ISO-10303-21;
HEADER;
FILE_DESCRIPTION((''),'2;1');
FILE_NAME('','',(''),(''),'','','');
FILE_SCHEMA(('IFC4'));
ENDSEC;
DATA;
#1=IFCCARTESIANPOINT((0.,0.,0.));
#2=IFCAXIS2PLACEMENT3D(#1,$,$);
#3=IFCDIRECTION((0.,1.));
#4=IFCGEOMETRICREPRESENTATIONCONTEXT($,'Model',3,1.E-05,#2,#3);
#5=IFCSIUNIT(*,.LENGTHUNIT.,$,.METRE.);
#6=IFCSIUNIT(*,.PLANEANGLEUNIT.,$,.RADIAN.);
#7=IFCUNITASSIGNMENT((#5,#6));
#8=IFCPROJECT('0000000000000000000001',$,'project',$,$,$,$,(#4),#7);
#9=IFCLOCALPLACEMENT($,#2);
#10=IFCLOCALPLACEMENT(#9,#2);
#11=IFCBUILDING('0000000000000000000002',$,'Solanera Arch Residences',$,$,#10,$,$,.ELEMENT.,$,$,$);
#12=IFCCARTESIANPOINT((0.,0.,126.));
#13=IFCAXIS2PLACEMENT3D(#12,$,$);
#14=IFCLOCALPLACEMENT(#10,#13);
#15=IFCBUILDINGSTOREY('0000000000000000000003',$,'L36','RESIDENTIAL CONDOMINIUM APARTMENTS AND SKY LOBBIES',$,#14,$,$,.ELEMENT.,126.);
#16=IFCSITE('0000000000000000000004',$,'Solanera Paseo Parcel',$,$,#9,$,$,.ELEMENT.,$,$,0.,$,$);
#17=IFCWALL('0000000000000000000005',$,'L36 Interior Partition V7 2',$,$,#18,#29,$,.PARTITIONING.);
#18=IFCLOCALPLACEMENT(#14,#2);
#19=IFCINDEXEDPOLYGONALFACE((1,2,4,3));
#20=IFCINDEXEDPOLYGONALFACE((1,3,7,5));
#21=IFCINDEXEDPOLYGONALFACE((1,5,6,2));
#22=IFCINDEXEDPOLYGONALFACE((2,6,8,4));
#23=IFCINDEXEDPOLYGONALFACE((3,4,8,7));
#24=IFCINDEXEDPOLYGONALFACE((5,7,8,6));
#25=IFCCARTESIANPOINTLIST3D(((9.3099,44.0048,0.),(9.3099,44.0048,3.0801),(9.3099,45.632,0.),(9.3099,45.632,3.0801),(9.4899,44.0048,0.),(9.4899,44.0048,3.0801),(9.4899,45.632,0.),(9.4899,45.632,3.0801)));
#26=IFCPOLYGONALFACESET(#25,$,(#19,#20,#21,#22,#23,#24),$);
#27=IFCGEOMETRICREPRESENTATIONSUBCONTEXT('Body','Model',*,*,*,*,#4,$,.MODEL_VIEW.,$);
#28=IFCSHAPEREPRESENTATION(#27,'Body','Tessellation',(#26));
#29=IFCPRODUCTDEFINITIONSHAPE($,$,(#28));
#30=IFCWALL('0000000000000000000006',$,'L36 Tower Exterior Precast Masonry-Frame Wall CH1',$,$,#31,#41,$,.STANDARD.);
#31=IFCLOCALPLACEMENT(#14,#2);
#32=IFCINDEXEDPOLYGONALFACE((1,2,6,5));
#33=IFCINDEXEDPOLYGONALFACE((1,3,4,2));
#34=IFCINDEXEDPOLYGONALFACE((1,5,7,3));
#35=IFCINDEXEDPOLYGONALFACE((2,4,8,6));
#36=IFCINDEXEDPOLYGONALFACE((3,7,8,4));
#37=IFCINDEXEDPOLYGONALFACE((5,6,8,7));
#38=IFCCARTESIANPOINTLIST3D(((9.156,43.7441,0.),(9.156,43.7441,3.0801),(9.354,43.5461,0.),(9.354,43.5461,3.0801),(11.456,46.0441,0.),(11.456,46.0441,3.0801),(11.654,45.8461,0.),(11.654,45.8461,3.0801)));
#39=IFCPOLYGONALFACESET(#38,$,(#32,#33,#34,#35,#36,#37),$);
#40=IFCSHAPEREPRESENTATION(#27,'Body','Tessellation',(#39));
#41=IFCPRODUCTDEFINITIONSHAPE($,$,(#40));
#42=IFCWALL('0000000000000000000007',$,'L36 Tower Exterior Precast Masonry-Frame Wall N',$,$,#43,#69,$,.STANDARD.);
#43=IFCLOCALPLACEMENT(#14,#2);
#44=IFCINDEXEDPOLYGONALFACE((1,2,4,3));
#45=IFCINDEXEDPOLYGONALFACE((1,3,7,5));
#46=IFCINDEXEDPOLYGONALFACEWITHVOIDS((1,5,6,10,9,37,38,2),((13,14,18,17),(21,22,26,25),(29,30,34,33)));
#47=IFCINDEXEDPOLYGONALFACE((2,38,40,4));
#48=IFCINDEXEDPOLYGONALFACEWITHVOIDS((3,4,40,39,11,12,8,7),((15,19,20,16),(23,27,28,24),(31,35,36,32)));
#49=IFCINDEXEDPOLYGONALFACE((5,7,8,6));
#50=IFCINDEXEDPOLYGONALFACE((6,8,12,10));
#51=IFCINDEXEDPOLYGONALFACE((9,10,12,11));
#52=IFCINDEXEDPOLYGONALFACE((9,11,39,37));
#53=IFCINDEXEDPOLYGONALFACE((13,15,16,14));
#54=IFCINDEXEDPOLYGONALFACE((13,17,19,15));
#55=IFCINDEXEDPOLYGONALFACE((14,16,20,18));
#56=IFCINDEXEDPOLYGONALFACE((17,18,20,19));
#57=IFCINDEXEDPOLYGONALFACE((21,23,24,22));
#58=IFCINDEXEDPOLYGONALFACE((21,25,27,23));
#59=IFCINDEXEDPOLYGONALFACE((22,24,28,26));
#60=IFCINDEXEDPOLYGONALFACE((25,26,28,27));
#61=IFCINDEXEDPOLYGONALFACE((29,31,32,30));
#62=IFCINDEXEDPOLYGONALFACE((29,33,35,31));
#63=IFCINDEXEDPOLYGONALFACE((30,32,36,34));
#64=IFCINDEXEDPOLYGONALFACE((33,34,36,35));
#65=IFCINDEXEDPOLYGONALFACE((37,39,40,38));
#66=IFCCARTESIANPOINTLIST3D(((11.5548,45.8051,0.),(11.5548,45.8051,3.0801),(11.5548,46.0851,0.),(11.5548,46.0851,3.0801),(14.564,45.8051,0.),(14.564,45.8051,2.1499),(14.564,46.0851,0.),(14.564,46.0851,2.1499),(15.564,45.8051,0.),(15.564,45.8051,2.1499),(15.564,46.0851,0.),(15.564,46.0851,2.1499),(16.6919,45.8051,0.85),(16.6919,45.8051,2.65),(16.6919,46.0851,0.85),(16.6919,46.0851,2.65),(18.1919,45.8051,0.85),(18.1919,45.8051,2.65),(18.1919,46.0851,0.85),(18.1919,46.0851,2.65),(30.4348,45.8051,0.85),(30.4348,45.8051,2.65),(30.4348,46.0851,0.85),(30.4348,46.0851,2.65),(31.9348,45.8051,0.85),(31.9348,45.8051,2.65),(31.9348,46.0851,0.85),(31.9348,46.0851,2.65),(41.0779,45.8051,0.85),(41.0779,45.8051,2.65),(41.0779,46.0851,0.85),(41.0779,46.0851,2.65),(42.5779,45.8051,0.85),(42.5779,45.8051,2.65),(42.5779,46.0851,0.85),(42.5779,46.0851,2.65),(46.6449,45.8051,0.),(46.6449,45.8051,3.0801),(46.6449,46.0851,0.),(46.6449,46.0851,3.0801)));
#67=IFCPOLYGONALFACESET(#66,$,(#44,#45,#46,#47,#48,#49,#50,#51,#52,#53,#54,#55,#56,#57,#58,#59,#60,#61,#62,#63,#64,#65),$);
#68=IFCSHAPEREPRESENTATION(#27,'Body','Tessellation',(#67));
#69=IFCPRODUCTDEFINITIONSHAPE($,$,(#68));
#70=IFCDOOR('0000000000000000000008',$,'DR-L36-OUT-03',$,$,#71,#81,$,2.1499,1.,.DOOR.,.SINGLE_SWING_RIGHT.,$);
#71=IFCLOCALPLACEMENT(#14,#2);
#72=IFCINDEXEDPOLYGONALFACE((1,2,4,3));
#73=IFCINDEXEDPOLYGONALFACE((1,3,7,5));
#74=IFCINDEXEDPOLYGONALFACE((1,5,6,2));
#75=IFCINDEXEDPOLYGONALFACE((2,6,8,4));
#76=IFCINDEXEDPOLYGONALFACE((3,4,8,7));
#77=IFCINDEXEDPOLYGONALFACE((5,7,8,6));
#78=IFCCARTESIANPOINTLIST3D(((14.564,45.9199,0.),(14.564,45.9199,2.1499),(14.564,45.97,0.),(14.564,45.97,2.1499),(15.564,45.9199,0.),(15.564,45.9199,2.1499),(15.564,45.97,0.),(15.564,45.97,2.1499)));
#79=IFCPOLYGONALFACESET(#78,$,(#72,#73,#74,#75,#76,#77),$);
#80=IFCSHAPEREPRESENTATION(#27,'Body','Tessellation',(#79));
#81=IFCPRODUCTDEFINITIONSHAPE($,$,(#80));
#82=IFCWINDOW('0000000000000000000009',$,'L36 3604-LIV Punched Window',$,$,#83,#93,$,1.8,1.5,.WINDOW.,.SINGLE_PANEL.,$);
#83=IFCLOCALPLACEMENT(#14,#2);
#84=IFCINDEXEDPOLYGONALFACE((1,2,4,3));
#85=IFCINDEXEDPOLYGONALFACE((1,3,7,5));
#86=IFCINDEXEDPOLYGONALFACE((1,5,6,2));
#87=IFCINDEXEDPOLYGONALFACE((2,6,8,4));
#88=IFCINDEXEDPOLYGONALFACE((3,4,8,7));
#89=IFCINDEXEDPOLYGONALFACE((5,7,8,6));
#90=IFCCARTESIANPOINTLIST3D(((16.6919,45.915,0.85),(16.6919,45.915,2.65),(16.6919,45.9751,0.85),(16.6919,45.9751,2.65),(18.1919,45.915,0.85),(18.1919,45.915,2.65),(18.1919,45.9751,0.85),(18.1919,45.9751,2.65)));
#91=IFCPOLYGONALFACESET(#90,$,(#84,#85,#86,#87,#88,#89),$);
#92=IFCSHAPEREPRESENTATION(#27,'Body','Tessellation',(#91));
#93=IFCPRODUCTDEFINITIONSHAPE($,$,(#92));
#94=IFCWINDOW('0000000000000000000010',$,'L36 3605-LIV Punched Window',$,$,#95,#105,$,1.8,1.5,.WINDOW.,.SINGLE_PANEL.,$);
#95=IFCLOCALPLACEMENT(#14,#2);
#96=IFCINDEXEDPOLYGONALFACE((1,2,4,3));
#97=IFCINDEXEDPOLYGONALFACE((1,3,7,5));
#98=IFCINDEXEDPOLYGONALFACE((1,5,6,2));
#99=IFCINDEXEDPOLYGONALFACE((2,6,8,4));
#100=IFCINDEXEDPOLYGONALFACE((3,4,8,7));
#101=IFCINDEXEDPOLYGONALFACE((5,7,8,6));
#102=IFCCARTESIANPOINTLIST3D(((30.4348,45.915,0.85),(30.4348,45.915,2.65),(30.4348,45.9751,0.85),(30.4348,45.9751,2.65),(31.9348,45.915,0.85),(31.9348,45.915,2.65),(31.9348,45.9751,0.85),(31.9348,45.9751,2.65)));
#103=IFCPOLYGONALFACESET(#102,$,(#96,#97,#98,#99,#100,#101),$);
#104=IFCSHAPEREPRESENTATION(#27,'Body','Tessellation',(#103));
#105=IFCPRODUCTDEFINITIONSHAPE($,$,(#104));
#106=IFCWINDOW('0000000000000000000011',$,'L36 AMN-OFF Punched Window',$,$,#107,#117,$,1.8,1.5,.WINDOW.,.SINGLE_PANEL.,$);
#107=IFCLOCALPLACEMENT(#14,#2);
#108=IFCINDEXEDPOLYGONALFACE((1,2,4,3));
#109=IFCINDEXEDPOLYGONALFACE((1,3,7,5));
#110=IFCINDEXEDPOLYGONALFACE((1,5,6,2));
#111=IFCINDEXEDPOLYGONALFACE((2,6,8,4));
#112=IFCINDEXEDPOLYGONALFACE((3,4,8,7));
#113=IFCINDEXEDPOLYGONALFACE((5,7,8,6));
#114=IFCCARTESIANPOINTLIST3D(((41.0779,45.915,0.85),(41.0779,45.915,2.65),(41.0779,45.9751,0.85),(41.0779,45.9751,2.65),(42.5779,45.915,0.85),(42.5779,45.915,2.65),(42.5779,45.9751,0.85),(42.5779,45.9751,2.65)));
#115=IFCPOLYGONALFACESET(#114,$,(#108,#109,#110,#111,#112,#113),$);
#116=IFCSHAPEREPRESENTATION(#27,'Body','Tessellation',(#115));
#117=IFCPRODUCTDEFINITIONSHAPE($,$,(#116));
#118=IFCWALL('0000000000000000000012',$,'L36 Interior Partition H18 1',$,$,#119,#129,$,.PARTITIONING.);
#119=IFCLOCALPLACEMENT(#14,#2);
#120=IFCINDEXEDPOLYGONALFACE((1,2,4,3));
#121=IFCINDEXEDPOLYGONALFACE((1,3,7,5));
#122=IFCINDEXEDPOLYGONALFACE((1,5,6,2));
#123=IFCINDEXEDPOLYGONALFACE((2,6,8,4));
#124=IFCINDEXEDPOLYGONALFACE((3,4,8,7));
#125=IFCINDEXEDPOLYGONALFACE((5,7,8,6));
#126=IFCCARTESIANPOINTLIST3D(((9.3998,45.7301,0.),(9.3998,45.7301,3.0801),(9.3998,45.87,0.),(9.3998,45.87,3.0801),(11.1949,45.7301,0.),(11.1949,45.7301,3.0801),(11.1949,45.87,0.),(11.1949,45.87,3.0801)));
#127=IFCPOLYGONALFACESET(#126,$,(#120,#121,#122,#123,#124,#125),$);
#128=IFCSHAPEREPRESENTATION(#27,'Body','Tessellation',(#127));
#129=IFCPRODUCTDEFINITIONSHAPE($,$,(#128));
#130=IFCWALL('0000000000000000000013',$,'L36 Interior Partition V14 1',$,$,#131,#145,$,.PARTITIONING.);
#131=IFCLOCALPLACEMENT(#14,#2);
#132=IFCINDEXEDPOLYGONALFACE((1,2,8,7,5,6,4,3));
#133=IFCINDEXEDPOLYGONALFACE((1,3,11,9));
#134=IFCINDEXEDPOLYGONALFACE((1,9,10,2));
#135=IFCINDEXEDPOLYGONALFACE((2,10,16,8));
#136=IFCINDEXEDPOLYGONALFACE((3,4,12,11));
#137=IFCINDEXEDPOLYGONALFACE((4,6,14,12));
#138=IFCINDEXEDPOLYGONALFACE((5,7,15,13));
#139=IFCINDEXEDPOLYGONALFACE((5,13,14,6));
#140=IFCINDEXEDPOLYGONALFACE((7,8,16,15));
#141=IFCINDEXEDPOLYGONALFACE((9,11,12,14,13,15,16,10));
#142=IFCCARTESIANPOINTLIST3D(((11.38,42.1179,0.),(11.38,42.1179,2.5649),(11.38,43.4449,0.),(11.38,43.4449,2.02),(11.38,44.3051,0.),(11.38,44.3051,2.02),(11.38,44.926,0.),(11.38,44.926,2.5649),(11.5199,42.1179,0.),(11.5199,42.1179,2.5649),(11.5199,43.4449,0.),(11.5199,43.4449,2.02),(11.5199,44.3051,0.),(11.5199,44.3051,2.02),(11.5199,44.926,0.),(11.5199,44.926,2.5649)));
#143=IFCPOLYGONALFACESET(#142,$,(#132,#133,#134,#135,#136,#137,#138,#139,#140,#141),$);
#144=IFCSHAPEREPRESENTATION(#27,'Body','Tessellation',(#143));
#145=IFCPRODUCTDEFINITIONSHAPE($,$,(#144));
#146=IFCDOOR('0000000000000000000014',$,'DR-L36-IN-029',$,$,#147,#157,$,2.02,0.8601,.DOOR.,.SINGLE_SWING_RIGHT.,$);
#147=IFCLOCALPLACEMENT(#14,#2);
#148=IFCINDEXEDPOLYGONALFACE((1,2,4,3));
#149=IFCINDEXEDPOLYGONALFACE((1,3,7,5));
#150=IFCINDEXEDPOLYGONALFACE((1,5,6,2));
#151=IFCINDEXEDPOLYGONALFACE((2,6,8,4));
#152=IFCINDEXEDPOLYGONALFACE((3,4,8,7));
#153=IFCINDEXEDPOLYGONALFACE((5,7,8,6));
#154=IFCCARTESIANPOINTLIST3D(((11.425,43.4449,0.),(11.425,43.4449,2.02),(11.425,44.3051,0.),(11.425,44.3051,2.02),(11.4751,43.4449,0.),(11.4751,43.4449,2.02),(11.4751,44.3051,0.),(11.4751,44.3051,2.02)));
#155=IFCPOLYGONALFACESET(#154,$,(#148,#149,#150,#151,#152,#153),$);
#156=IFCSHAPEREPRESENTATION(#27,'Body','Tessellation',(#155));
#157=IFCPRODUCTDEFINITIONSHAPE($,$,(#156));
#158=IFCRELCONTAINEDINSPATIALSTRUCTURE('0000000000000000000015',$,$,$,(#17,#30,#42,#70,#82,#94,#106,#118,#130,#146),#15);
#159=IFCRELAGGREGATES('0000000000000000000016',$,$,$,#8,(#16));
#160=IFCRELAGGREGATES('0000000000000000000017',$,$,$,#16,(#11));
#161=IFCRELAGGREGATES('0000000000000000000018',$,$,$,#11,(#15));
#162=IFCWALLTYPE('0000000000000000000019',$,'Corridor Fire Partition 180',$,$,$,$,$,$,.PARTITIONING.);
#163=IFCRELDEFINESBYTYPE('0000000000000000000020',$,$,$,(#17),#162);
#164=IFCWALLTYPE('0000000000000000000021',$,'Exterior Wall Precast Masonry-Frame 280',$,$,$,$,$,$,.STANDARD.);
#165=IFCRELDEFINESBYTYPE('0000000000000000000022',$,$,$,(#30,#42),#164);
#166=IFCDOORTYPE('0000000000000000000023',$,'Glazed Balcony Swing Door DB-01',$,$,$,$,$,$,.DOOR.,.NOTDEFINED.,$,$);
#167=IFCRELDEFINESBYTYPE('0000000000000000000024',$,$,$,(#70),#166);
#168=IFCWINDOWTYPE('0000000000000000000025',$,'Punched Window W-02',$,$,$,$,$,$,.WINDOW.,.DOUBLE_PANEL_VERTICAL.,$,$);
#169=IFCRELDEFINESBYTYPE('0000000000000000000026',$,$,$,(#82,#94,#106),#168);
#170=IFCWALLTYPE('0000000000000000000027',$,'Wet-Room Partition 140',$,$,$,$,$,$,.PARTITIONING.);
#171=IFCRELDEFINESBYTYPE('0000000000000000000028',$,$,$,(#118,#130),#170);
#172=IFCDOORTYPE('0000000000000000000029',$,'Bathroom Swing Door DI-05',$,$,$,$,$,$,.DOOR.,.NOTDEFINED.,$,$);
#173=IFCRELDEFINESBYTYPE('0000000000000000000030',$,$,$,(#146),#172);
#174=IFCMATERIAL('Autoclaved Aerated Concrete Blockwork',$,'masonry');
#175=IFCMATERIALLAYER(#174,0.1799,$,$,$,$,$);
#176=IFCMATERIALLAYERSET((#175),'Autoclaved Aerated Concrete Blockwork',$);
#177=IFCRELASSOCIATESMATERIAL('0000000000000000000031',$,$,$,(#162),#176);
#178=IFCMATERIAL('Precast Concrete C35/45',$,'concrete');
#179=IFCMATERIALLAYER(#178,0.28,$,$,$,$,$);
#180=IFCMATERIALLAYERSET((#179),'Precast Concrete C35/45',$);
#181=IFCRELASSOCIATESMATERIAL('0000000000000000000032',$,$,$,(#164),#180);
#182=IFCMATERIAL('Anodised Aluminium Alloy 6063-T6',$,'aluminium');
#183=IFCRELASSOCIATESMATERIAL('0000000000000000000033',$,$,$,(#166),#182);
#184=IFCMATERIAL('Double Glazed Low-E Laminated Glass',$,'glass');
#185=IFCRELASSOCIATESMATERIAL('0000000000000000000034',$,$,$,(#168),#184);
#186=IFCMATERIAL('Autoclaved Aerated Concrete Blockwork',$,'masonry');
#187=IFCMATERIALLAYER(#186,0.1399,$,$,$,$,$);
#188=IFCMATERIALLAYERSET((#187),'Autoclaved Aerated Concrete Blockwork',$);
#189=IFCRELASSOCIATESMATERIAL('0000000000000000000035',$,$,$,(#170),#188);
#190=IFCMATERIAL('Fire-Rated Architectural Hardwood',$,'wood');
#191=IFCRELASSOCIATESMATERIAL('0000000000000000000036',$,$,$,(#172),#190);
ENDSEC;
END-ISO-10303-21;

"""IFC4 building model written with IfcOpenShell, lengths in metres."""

from ifc_helpers import new_model, si_unit, direction, frame, frame_2d, origin, place, context, subcontext, project, spatial, rectangle, extrude, material, layer, layer_set, type_object, element, fill, save


model = new_model("IFC4")

# Units and contexts
model_context = context("Model", 3, precision=1e-05, world=origin(), true_north=direction((0.0, 1.0)))
body_context = subcontext(model_context, "Body", "Model", "MODEL_VIEW")
ifc_project = project(units=[si_unit("LENGTHUNIT", "METRE"), si_unit("PLANEANGLEUNIT", "RADIAN")], contexts=[model_context])

# Site, building, storey
site_placement = place(None, origin())
site = spatial("IfcSite", under=ifc_project, at=site_placement, Name="Solanera Paseo Parcel", CompositionType="ELEMENT", RefElevation=0.0)
building_placement = place(site_placement, origin())
building = spatial("IfcBuilding", under=site, at=building_placement, Name="Solanera Arch Residences", CompositionType="ELEMENT")
storey_placement = place(building_placement, frame((0.0, 0.0, 126.0)))
storey = spatial("IfcBuildingStorey", under=building, at=storey_placement, Name="L36", Description="RESIDENTIAL CONDOMINIUM APARTMENTS AND SKY LOBBIES", CompositionType="ELEMENT", Elevation=126.0)

# Shared definitions
ifc_material_1 = material(Name="Autoclaved Aerated Concrete Blockwork", Category="masonry")
ifc_layer_1 = layer(ifc_material_1, 0.1799)
ifc_layer_set_1 = layer_set([ifc_layer_1], Name="Autoclaved Aerated Concrete Blockwork")
wall_type_1 = type_object("IfcWallType", Name="Corridor Fire Partition 180", PredefinedType="PARTITIONING", material=ifc_layer_set_1)

# Walls
wall_1_placement = place(storey_placement, frame((9.3999, 44.0049, 0.0), z_axis=(0.0, 0.0, 1.0), x_axis=(0.0, 1.0, 0.0)))
element("IfcWall", 1, at=wall_1_placement, inside=storey, type_object=wall_type_1, Name="L36 Interior Partition V7 2", PredefinedType="PARTITIONING", context=body_context, shape_type="SweptSolid", body=[
    extrude(rectangle(XDim=1.6272, YDim=0.1799, at=frame_2d((0.8135, 0.0))), origin(), (0.0, 0.0, 1.0), 3.0801),
])
ifc_material_2 = material(Name="Precast Concrete C35/45", Category="concrete")
ifc_layer_2 = layer(ifc_material_2, 0.28)
ifc_layer_set_2 = layer_set([ifc_layer_2], Name="Precast Concrete C35/45")
wall_type_2 = type_object("IfcWallType", Name="Exterior Wall Precast Masonry-Frame 280", PredefinedType="STANDARD", material=ifc_layer_set_2)
wall_2_placement = place(storey_placement, frame((9.2549, 43.645, 0.0), z_axis=(0.0, 0.0, 1.0), x_axis=(0.707107, 0.707107, 0.0)))
element("IfcWall", 2, at=wall_2_placement, inside=storey, type_object=wall_type_2, Name="L36 Tower Exterior Precast Masonry-Frame Wall CH1", PredefinedType="STANDARD", context=body_context, shape_type="SweptSolid", body=[
    extrude(rectangle(XDim=3.2527, YDim=0.28, at=frame_2d((1.6265, 0.0))), origin(), (0.0, 0.0, 1.0), 3.0801),
])

# Wall, openings, door, windows
wall_3_placement = place(storey_placement, frame((11.5549, 45.9451, 0.0), z_axis=(0.0, 0.0, 1.0), x_axis=(1.0, 0.0, 0.0)))
wall_3 = element("IfcWall", 3, at=wall_3_placement, inside=storey, type_object=wall_type_2, Name="L36 Tower Exterior Precast Masonry-Frame Wall N", PredefinedType="STANDARD", context=body_context, shape_type="SweptSolid", body=[
    extrude(rectangle(XDim=35.0901, YDim=0.28, at=frame_2d((17.5449, 0.0))), origin(), (0.0, 0.0, 1.0), 3.0801),
])
opening_1_placement = place(wall_3_placement, frame((3.009, 0.0, 0.0)))
opening_1 = element("IfcOpeningElement", 4, at=opening_1_placement, cuts=wall_3, PredefinedType="OPENING", context=body_context, shape_type="SweptSolid", body=[
    extrude(rectangle(XDim=1.0, YDim=2.1499, at=frame_2d((0.5, 1.075))), frame((0.0, 0.1499, 0.0), z_axis=(0.0, -1.0, 0.0), x_axis=(1.0, 0.0, 0.0)), (0.0, 0.0, 1.0), 0.3),
])
opening_2_placement = place(wall_3_placement, frame((5.137, 0.0, 0.8501)))
opening_2 = element("IfcOpeningElement", 5, at=opening_2_placement, cuts=wall_3, PredefinedType="OPENING", context=body_context, shape_type="SweptSolid", body=[
    extrude(rectangle(XDim=1.5, YDim=1.8, at=frame_2d((0.75, 0.8999))), frame((0.0, 0.1499, 0.0), z_axis=(0.0, -1.0, 0.0), x_axis=(1.0, 0.0, 0.0)), (0.0, 0.0, 1.0), 0.3),
])
opening_3_placement = place(wall_3_placement, frame((18.8799, 0.0, 0.8501)))
opening_3 = element("IfcOpeningElement", 6, at=opening_3_placement, cuts=wall_3, PredefinedType="OPENING", context=body_context, shape_type="SweptSolid", body=[
    extrude(rectangle(XDim=1.5, YDim=1.8, at=frame_2d((0.75, 0.8999))), frame((0.0, 0.1499, 0.0), z_axis=(0.0, -1.0, 0.0), x_axis=(1.0, 0.0, 0.0)), (0.0, 0.0, 1.0), 0.3),
])
opening_4_placement = place(wall_3_placement, frame((29.5229, 0.0, 0.8501)))
opening_4 = element("IfcOpeningElement", 7, at=opening_4_placement, cuts=wall_3, PredefinedType="OPENING", context=body_context, shape_type="SweptSolid", body=[
    extrude(rectangle(XDim=1.5, YDim=1.8, at=frame_2d((0.75, 0.8999))), frame((0.0, 0.1499, 0.0), z_axis=(0.0, -1.0, 0.0), x_axis=(1.0, 0.0, 0.0)), (0.0, 0.0, 1.0), 0.3),
])
ifc_material_3 = material(Name="Anodised Aluminium Alloy 6063-T6", Category="aluminium")
door_type_1 = type_object("IfcDoorType", Name="Glazed Balcony Swing Door DB-01", OperationType="NOTDEFINED", PredefinedType="DOOR", material=ifc_material_3)
door_1_placement = place(opening_1_placement, origin())
door_1 = element("IfcDoor", 8, at=door_1_placement, inside=storey, type_object=door_type_1, Name="DR-L36-OUT-03", OperationType="SINGLE_SWING_RIGHT", OverallHeight=2.1499, OverallWidth=1.0, PredefinedType="DOOR", context=body_context, shape_type="SweptSolid", body=[
    extrude(rectangle(XDim=1.0, YDim=2.1499, at=frame_2d((0.5, 1.075))), frame((0.0, 0.0249, 0.0), z_axis=(0.0, -1.0, 0.0), x_axis=(1.0, 0.0, 0.0)), (0.0, 0.0, 1.0), 0.05),
])
fill(opening_1, door_1)
ifc_material_4 = material(Name="Double Glazed Low-E Laminated Glass", Category="glass")
window_type = type_object("IfcWindowType", Name="Punched Window W-02", PartitioningType="DOUBLE_PANEL_VERTICAL", PredefinedType="WINDOW", material=ifc_material_4)
window_1_placement = place(opening_2_placement, origin())
window_1 = element("IfcWindow", 9, at=window_1_placement, inside=storey, type_object=window_type, Name="L36 3604-LIV Punched Window", OverallHeight=1.8, OverallWidth=1.5, PartitioningType="SINGLE_PANEL", PredefinedType="WINDOW", context=body_context, shape_type="SweptSolid", body=[
    extrude(rectangle(XDim=1.5, YDim=1.8, at=frame_2d((0.75, 0.8999))), frame((0.0, 0.03, 0.0), z_axis=(0.0, -1.0, 0.0), x_axis=(1.0, 0.0, 0.0)), (0.0, 0.0, 1.0), 0.0601),
])
fill(opening_2, window_1)
window_2_placement = place(opening_3_placement, origin())
window_2 = element("IfcWindow", 10, at=window_2_placement, inside=storey, type_object=window_type, Name="L36 3605-LIV Punched Window", OverallHeight=1.8, OverallWidth=1.5, PartitioningType="SINGLE_PANEL", PredefinedType="WINDOW", context=body_context, shape_type="SweptSolid", body=[
    extrude(rectangle(XDim=1.5, YDim=1.8, at=frame_2d((0.75, 0.8999))), frame((0.0, 0.03, 0.0), z_axis=(0.0, -1.0, 0.0), x_axis=(1.0, 0.0, 0.0)), (0.0, 0.0, 1.0), 0.0601),
])
fill(opening_3, window_2)
window_3_placement = place(opening_4_placement, origin())
window_3 = element("IfcWindow", 11, at=window_3_placement, inside=storey, type_object=window_type, Name="L36 AMN-OFF Punched Window", OverallHeight=1.8, OverallWidth=1.5, PartitioningType="SINGLE_PANEL", PredefinedType="WINDOW", context=body_context, shape_type="SweptSolid", body=[
    extrude(rectangle(XDim=1.5, YDim=1.8, at=frame_2d((0.75, 0.8999))), frame((0.0, 0.03, 0.0), z_axis=(0.0, -1.0, 0.0), x_axis=(1.0, 0.0, 0.0)), (0.0, 0.0, 1.0), 0.0601),
])
fill(opening_4, window_3)

# Wall
ifc_material_5 = material(Name="Autoclaved Aerated Concrete Blockwork", Category="masonry")
ifc_layer_3 = layer(ifc_material_5, 0.1399)
ifc_layer_set_3 = layer_set([ifc_layer_3], Name="Autoclaved Aerated Concrete Blockwork")
wall_type_3 = type_object("IfcWallType", Name="Wet-Room Partition 140", PredefinedType="PARTITIONING", material=ifc_layer_set_3)
wall_4_placement = place(storey_placement, frame((9.3999, 45.8, 0.0), z_axis=(0.0, 0.0, 1.0), x_axis=(1.0, 0.0, 0.0)))
element("IfcWall", 12, at=wall_4_placement, inside=storey, type_object=wall_type_3, Name="L36 Interior Partition H18 1", PredefinedType="PARTITIONING", context=body_context, shape_type="SweptSolid", body=[
    extrude(rectangle(XDim=1.7952, YDim=0.1399, at=frame_2d((0.8975, 0.0))), origin(), (0.0, 0.0, 1.0), 3.0801),
])

# Wall, opening, door
wall_5_placement = place(storey_placement, frame((11.45, 42.1179, 0.0), z_axis=(0.0, 0.0, 1.0), x_axis=(0.0, 1.0, 0.0)))
wall_5 = element("IfcWall", 13, at=wall_5_placement, inside=storey, type_object=wall_type_3, Name="L36 Interior Partition V14 1", PredefinedType="PARTITIONING", context=body_context, shape_type="SweptSolid", body=[
    extrude(rectangle(XDim=2.8081, YDim=0.1399, at=frame_2d((1.4041, 0.0))), origin(), (0.0, 0.0, 1.0), 2.5649),
])
opening_5_placement = place(wall_5_placement, frame((1.3269, 0.0, 0.0)))
opening_5 = element("IfcOpeningElement", 14, at=opening_5_placement, cuts=wall_5, PredefinedType="OPENING", context=body_context, shape_type="SweptSolid", body=[
    extrude(rectangle(XDim=0.8601, YDim=2.02, at=frame_2d((0.4302, 1.01))), frame((0.0, 0.0798, 0.0), z_axis=(0.0, -1.0, 0.0), x_axis=(1.0, 0.0, 0.0)), (0.0, 0.0, 1.0), 0.1599),
])
ifc_material_6 = material(Name="Fire-Rated Architectural Hardwood", Category="wood")
door_type_2 = type_object("IfcDoorType", Name="Bathroom Swing Door DI-05", OperationType="NOTDEFINED", PredefinedType="DOOR", material=ifc_material_6)
door_2_placement = place(opening_5_placement, origin())
door_2 = element("IfcDoor", 15, at=door_2_placement, inside=storey, type_object=door_type_2, Name="DR-L36-IN-029", OperationType="SINGLE_SWING_RIGHT", OverallHeight=2.02, OverallWidth=0.8601, PredefinedType="DOOR", context=body_context, shape_type="SweptSolid", body=[
    extrude(rectangle(XDim=0.8601, YDim=2.02, at=frame_2d((0.4302, 1.01))), frame((0.0, 0.0249, 0.0), z_axis=(0.0, -1.0, 0.0), x_axis=(1.0, 0.0, 0.0)), (0.0, 0.0, 1.0), 0.05),
])
fill(opening_5, door_2)

save(model, "model.ifc")
